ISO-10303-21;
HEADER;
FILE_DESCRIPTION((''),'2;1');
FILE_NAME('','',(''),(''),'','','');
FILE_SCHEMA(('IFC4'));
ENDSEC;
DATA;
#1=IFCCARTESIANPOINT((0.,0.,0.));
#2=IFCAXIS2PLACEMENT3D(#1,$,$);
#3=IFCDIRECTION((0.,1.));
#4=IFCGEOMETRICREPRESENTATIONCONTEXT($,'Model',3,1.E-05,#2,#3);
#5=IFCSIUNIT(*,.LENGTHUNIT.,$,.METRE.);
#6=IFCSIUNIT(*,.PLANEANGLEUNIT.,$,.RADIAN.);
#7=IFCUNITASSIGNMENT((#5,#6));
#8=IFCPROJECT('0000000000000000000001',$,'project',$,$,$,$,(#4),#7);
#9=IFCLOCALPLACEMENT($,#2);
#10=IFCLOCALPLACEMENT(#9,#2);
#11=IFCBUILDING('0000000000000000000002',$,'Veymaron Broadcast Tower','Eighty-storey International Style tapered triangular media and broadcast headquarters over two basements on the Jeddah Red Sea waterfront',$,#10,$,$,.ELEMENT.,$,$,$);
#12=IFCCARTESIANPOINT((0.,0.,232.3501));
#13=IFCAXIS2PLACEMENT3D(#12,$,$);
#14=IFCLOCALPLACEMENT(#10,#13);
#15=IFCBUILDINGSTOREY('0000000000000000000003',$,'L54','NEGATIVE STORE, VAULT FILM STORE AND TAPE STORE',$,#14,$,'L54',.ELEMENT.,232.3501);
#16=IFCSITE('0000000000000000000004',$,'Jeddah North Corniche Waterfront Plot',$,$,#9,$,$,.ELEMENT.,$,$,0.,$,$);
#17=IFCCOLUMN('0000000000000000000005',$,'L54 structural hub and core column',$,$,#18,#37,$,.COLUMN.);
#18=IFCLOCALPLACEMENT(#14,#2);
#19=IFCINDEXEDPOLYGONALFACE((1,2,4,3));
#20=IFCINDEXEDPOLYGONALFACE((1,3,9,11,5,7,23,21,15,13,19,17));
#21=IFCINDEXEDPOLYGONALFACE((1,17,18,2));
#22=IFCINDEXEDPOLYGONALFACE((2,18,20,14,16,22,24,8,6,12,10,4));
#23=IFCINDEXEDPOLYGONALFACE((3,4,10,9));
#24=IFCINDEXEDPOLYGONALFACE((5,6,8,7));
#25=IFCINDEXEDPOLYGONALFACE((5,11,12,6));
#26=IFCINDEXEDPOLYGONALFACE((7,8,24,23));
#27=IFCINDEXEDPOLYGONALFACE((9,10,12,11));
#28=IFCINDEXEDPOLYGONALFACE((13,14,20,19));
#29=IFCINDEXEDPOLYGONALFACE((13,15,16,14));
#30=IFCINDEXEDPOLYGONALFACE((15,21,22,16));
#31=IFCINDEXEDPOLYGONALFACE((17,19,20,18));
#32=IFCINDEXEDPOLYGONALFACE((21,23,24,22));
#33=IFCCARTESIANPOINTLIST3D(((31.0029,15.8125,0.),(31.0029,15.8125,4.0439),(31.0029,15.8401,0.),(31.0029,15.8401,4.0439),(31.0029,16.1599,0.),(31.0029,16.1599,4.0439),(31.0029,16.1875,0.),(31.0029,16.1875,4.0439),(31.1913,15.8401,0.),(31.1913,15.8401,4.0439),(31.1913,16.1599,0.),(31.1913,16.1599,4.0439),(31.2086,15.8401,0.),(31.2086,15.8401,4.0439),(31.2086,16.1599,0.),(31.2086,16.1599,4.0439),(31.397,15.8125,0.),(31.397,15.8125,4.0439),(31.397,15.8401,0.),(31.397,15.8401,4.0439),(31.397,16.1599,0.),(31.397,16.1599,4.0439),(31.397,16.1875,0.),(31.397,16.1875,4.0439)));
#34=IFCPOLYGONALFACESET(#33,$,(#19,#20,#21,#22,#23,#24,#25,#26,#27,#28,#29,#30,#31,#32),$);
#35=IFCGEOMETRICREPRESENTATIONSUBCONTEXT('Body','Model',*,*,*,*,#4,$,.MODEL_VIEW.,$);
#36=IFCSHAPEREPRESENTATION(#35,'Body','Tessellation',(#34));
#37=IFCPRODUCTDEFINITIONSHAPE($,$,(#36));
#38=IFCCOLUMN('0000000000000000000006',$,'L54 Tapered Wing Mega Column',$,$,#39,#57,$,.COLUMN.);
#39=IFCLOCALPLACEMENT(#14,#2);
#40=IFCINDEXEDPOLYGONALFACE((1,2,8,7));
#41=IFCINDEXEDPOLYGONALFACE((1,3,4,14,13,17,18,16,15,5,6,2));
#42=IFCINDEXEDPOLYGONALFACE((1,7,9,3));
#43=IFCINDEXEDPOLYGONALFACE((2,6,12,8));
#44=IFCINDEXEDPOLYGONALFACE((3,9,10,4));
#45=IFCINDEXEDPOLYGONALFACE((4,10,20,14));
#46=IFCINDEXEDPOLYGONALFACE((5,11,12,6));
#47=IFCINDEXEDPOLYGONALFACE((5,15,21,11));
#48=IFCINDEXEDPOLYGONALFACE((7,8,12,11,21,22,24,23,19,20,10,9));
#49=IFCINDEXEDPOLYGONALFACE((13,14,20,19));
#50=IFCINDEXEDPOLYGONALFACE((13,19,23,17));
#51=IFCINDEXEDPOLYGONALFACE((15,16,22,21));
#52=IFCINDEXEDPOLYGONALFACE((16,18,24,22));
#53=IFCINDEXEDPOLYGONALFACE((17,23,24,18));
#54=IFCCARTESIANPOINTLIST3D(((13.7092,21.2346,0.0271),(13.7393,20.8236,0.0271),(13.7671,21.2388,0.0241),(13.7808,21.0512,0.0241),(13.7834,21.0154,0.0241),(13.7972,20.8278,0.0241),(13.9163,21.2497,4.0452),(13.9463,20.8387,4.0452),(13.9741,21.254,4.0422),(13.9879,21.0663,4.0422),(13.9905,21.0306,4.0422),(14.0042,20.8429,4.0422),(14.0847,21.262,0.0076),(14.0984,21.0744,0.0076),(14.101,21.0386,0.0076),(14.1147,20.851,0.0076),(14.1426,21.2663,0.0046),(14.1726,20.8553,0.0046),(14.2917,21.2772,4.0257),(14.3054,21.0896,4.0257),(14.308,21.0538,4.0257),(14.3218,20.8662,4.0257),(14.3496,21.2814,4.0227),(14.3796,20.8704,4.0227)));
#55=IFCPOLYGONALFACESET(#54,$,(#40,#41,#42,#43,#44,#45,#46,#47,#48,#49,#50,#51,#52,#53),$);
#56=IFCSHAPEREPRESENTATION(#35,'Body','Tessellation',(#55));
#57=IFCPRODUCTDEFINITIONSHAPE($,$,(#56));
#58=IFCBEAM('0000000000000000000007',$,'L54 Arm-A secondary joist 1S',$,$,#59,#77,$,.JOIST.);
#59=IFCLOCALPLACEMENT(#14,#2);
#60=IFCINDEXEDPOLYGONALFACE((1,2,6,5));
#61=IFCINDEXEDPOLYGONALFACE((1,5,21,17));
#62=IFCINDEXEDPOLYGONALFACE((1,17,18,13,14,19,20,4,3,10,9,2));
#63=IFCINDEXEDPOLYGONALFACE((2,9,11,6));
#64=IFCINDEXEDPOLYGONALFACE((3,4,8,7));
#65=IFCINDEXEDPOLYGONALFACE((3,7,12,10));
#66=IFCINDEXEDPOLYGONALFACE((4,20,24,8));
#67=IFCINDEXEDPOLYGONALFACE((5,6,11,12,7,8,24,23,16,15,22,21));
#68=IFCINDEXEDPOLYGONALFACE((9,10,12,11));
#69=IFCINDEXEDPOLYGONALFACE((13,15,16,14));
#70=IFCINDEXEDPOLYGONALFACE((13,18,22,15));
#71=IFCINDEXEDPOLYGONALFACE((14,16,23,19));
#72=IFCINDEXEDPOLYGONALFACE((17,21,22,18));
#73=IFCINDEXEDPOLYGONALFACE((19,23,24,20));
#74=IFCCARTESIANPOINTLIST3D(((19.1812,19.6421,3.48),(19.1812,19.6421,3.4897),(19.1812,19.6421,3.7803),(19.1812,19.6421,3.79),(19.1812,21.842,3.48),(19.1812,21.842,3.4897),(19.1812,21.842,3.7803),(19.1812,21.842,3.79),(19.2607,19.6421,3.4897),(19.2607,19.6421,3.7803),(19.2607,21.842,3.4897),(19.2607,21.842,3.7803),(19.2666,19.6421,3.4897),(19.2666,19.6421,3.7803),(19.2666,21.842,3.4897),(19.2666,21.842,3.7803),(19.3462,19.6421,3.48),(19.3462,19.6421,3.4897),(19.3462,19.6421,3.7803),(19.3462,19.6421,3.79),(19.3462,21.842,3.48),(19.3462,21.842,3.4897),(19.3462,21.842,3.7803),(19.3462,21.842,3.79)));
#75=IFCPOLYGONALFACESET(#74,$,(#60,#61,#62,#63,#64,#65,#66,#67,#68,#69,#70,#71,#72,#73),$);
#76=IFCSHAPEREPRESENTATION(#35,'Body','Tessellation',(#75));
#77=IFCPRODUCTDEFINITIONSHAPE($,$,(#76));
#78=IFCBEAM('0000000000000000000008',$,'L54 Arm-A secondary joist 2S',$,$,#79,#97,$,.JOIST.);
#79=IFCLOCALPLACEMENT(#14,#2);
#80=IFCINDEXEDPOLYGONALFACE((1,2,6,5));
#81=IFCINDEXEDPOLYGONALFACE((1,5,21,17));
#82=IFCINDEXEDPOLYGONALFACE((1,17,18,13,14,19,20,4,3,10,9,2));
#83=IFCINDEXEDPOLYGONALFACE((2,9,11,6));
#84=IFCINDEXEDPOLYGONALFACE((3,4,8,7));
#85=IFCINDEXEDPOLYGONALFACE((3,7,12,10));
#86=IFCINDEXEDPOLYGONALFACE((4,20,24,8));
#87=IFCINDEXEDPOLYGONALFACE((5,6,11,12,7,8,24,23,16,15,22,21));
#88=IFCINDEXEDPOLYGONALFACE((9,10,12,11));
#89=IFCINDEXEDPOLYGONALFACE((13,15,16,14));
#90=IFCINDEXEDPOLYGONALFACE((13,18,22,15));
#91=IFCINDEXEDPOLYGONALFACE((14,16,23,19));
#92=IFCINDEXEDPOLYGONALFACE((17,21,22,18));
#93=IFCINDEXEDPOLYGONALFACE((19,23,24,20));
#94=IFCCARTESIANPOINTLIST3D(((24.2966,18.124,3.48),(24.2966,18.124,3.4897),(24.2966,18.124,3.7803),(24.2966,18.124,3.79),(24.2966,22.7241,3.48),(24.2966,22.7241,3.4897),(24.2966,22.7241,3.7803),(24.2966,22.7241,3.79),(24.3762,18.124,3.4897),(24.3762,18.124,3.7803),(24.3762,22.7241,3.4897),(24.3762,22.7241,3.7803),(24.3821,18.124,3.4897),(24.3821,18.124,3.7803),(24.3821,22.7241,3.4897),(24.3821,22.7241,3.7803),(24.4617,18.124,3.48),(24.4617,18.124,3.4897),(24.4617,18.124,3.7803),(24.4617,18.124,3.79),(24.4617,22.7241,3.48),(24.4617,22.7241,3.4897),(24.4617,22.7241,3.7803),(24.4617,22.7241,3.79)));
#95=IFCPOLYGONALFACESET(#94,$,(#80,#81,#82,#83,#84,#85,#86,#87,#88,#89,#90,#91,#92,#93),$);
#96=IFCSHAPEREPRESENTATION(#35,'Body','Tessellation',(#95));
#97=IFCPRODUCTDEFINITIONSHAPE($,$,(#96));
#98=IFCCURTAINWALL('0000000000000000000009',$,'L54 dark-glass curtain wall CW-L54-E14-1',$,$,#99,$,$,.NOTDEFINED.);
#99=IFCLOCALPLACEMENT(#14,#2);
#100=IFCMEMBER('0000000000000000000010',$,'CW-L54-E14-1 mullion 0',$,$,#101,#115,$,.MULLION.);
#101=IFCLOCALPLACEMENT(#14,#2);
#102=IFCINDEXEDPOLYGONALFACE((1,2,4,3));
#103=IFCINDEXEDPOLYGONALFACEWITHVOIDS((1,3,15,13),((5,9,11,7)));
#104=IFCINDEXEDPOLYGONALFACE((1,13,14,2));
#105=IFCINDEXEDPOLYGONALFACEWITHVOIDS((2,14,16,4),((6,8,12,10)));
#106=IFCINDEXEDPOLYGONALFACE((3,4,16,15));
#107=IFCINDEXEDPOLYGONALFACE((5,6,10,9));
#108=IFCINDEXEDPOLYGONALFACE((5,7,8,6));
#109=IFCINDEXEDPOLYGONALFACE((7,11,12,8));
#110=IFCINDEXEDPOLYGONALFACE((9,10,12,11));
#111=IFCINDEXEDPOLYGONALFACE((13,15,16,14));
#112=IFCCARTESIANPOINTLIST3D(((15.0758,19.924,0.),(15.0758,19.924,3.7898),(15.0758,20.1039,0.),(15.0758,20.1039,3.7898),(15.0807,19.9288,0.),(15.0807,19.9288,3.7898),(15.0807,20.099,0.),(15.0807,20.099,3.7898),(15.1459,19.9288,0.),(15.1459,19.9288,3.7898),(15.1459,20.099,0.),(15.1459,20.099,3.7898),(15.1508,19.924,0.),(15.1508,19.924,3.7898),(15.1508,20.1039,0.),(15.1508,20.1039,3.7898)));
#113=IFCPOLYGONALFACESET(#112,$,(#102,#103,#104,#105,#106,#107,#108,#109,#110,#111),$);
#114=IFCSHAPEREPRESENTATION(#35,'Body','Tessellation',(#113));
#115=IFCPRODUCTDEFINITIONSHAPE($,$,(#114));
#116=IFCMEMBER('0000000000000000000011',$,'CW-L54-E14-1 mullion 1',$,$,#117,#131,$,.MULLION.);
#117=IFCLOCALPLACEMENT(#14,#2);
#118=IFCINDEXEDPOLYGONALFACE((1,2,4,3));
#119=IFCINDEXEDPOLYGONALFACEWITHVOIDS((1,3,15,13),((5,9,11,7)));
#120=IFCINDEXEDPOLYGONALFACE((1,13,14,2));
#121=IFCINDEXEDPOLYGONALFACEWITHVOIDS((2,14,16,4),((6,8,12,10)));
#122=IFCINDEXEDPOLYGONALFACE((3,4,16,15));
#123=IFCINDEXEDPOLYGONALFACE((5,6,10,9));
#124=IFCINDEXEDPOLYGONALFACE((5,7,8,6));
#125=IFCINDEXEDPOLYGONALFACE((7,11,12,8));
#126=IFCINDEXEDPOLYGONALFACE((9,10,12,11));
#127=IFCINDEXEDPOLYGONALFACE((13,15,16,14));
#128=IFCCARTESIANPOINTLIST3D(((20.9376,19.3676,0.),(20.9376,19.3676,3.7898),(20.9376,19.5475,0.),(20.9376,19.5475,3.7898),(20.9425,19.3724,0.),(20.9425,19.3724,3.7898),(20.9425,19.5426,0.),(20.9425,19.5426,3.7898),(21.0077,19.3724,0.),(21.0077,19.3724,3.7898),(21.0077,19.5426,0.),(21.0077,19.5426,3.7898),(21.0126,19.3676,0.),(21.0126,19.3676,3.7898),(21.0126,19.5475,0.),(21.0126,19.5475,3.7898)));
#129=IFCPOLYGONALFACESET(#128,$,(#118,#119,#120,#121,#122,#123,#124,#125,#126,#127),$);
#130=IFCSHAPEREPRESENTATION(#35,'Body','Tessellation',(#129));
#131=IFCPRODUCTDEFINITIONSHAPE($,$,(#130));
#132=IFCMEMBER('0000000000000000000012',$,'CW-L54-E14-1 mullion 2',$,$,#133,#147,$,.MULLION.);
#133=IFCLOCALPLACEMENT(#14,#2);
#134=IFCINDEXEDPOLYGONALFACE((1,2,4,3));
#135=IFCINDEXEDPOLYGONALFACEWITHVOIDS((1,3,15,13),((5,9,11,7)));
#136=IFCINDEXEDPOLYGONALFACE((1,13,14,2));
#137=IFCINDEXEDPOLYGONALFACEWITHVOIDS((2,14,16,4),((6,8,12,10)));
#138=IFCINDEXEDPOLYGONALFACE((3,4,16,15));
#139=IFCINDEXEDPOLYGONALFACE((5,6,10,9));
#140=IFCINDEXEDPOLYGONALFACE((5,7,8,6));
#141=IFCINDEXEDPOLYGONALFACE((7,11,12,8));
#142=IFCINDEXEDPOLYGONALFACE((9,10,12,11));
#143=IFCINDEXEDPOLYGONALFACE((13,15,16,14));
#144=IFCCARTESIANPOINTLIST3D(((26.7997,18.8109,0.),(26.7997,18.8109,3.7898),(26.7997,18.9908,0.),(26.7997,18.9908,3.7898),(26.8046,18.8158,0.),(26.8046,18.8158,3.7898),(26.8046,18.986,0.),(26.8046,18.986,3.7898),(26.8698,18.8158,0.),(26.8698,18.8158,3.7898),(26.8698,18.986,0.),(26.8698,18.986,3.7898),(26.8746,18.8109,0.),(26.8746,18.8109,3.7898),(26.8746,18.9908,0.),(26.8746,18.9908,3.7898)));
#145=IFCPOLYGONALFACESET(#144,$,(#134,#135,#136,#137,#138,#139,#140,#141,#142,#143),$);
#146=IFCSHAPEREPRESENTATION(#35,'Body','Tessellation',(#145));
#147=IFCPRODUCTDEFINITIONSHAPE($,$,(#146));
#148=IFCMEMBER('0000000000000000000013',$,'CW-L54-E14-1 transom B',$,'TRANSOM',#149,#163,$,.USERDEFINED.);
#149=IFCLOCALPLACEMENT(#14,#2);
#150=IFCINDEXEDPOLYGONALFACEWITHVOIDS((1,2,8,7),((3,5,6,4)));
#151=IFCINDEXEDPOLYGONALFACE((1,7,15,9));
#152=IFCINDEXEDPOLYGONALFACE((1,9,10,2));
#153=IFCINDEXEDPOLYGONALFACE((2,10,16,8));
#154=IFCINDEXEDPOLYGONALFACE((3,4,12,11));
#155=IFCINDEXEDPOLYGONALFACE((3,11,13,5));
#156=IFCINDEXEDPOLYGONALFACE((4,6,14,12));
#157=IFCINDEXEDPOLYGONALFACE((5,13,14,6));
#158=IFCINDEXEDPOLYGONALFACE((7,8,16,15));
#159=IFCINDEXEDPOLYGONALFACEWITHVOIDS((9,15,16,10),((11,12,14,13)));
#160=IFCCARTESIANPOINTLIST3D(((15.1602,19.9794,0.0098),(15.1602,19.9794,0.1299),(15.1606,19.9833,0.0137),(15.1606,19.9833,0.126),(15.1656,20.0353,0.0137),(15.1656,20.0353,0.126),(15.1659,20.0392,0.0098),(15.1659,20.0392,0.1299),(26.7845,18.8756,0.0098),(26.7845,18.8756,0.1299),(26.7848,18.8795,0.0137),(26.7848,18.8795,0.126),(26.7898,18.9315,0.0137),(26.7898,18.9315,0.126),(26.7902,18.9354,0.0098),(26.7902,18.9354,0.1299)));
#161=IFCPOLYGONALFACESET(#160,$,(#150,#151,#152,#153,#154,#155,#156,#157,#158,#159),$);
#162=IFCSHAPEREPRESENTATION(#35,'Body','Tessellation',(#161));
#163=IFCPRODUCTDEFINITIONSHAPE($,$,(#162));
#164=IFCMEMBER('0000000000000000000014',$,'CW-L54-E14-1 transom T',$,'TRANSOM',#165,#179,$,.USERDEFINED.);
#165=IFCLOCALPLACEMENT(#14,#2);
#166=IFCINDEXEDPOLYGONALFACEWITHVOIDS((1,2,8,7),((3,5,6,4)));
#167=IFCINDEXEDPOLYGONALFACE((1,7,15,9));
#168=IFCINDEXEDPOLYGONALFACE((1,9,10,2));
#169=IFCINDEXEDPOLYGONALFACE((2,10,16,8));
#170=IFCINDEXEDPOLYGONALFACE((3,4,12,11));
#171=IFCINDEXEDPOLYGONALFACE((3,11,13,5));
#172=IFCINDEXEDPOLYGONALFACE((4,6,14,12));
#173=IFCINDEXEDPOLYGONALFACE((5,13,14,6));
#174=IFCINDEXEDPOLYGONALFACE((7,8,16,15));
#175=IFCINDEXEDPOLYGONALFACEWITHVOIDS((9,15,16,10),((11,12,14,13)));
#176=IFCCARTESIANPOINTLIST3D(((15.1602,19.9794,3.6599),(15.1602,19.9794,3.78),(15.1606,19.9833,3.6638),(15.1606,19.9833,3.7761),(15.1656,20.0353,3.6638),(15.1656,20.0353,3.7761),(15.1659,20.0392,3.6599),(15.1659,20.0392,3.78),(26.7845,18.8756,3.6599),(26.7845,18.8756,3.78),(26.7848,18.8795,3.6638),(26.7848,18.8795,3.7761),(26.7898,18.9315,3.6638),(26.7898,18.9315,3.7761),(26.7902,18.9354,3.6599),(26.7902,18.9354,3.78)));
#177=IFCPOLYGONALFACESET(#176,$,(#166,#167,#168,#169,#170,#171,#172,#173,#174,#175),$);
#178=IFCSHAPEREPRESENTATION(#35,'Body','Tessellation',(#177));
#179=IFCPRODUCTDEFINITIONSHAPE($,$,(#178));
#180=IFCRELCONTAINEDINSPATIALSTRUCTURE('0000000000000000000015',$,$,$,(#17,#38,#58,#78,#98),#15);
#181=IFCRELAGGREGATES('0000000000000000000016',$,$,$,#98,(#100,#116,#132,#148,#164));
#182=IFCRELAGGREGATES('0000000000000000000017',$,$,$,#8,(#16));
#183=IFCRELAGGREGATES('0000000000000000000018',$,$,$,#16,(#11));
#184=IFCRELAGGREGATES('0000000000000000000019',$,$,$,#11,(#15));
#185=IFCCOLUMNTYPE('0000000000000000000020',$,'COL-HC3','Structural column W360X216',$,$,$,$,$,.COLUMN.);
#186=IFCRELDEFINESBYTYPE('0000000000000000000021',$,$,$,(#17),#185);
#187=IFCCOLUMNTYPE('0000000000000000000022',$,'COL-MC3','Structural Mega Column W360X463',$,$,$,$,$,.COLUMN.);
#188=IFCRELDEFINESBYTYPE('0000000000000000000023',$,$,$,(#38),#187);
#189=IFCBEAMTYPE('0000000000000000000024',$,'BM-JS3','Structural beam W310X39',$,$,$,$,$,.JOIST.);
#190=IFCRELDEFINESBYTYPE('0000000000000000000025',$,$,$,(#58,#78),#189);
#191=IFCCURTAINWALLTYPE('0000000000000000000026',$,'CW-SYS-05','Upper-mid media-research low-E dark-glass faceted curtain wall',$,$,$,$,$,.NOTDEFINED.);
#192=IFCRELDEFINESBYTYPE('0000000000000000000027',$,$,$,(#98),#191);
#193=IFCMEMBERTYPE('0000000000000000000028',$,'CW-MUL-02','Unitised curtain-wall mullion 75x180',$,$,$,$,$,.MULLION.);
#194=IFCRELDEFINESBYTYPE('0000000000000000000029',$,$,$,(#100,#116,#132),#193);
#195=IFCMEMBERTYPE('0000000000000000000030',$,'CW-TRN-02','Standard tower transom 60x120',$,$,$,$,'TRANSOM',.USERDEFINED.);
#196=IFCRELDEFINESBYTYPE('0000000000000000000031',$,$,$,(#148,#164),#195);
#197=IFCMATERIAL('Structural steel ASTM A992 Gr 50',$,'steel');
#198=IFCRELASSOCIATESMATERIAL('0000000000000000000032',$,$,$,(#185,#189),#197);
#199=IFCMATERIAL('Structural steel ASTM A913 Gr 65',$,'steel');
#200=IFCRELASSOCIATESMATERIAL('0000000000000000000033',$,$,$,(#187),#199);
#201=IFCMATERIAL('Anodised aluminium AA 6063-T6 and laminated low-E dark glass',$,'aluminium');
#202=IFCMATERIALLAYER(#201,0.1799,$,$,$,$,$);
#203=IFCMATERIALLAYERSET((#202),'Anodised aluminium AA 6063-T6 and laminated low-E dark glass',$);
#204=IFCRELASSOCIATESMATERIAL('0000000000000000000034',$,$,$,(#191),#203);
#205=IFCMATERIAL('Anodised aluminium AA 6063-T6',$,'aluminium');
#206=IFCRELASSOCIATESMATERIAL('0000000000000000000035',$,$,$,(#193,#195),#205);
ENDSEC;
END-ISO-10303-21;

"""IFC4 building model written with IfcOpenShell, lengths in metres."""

from ifc_helpers import new_model, si_unit, direction, frame, origin, origin_2d, place, context, subcontext, project, spatial, hollow_rectangle, i_section, extrude, material, layer, layer_set, material_profile, profile_set, type_object, element, aggregate, save


model = new_model("IFC4")

# Units and contexts
model_context = context("Model", 3, precision=1e-05, world=origin(), true_north=direction((0.0, 1.0)))
body_context = subcontext(model_context, "Body", "Model", "MODEL_VIEW")
ifc_project = project(units=[si_unit("LENGTHUNIT", "METRE"), si_unit("PLANEANGLEUNIT", "RADIAN")], contexts=[model_context])

# Site, building, storey
site_placement = place(None, origin())
site = spatial("IfcSite", under=ifc_project, at=site_placement, Name="Jeddah North Corniche Waterfront Plot", CompositionType="ELEMENT", RefElevation=0.0)
building_placement = place(site_placement, origin())
building = spatial("IfcBuilding", under=site, at=building_placement, Name="Veymaron Broadcast Tower", Description="Eighty-storey International Style tapered triangular media and broadcast headquarters over two basements on the Jeddah Red Sea waterfront", CompositionType="ELEMENT")
storey_placement = place(building_placement, frame((0.0, 0.0, 232.3501)))
storey = spatial("IfcBuildingStorey", under=building, at=storey_placement, Name="L54", Description="NEGATIVE STORE, VAULT FILM STORE AND TAPE STORE", LongName="L54", CompositionType="ELEMENT", Elevation=232.3501)

# Columns
ifc_material_1 = material(Name="Structural steel ASTM A992 Gr 50", Category="steel")
ifc_material_profile_1 = material_profile(ifc_material_1, i_section(OverallWidth=0.394, OverallDepth=0.375, WebThickness=0.0173, FlangeThickness=0.0276, at=origin_2d()), Name="W360X216")
ifc_profile_set_1 = profile_set([ifc_material_profile_1], Name="Structural steel ASTM A992 Gr 50")
column_type_1 = type_object("IfcColumnType", Name="COL-HC3", Description="Structural column W360X216", PredefinedType="COLUMN", material=ifc_profile_set_1)
column_1_placement = place(storey_placement, frame((31.2, 16.0, 0.0), z_axis=(0.0, 0.0, 1.0), x_axis=(1.0, 0.0, 0.0)))
element("IfcColumn", 1, at=column_1_placement, inside=storey, type_object=column_type_1, Name="L54 structural hub and core column", PredefinedType="COLUMN", context=body_context, shape_type="SweptSolid", body=[
    extrude(i_section(OverallWidth=0.394, OverallDepth=0.375, WebThickness=0.0173, FlangeThickness=0.0276, at=origin_2d()), origin(), (0.0, 0.0, 1.0), 4.0439),
])
ifc_material_2 = material(Name="Structural steel ASTM A913 Gr 65", Category="steel")
ifc_material_profile_2 = material_profile(ifc_material_2, i_section(OverallWidth=0.4121, OverallDepth=0.4351, WebThickness=0.0359, FlangeThickness=0.0581, at=origin_2d()), Name="W360X463")
ifc_profile_set_2 = profile_set([ifc_material_profile_2], Name="Structural steel ASTM A913 Gr 65")
column_type_2 = type_object("IfcColumnType", Name="COL-MC3", Description="Structural Mega Column W360X463", PredefinedType="COLUMN", material=ifc_profile_set_2)
column_2_placement = place(storey_placement, frame((13.9409, 21.0449, 0.0159), z_axis=(0.051456, 0.003762, 0.998668), x_axis=(-0.072919, 0.997338, 0.0)))
element("IfcColumn", 2, at=column_2_placement, inside=storey, type_object=column_type_2, Name="L54 Tapered Wing Mega Column", PredefinedType="COLUMN", context=body_context, shape_type="SweptSolid", body=[
    extrude(i_section(OverallWidth=0.4121, OverallDepth=0.4351, WebThickness=0.0359, FlangeThickness=0.0581, at=origin_2d()), origin(), (0.0, 0.0, 1.0), 4.0234),
])

# Beams
ifc_material_profile_3 = material_profile(ifc_material_1, i_section(OverallWidth=0.165, OverallDepth=0.3101, WebThickness=0.0059, FlangeThickness=0.0098, at=origin_2d()), Name="W310X39")
ifc_profile_set_3 = profile_set([ifc_material_profile_3], Name="Structural steel ASTM A992 Gr 50")
beam_type = type_object("IfcBeamType", Name="BM-JS3", Description="Structural beam W310X39", PredefinedType="JOIST", material=ifc_profile_set_3)
beam_1_placement = place(storey_placement, frame((19.2637, 19.6421, 3.635), z_axis=(0.0, 1.0, 0.0), x_axis=(-1.0, 0.0, 0.0)))
element("IfcBeam", 3, at=beam_1_placement, inside=storey, type_object=beam_type, Name="L54 Arm-A secondary joist 1S", PredefinedType="JOIST", context=body_context, shape_type="SweptSolid", body=[
    extrude(i_section(OverallWidth=0.165, OverallDepth=0.3101, WebThickness=0.0059, FlangeThickness=0.0098, at=origin_2d()), origin(), (0.0, 0.0, 1.0), 2.2),
])
beam_2_placement = place(storey_placement, frame((24.3792, 18.124, 3.635), z_axis=(0.0, 1.0, 0.0), x_axis=(-1.0, 0.0, 0.0)))
element("IfcBeam", 4, at=beam_2_placement, inside=storey, type_object=beam_type, Name="L54 Arm-A secondary joist 2S", PredefinedType="JOIST", context=body_context, shape_type="SweptSolid", body=[
    extrude(i_section(OverallWidth=0.165, OverallDepth=0.3101, WebThickness=0.0059, FlangeThickness=0.0098, at=origin_2d()), origin(), (0.0, 0.0, 1.0), 4.6001),
])

# Curtain wall, members
ifc_material_3 = material(Name="Anodised aluminium AA 6063-T6 and laminated low-E dark glass", Category="aluminium")
ifc_layer_1 = layer(ifc_material_3, 0.1799)
ifc_layer_set_1 = layer_set([ifc_layer_1], Name="Anodised aluminium AA 6063-T6 and laminated low-E dark glass")
curtain_wall_type = type_object("IfcCurtainWallType", Name="CW-SYS-05", Description="Upper-mid media-research low-E dark-glass faceted curtain wall", PredefinedType="NOTDEFINED", material=ifc_layer_set_1)
curtain_wall_placement = place(storey_placement, origin())
curtain_wall = element("IfcCurtainWall", 5, at=curtain_wall_placement, inside=storey, type_object=curtain_wall_type, Name="L54 dark-glass curtain wall CW-L54-E14-1", PredefinedType="NOTDEFINED")
ifc_material_4 = material(Name="Anodised aluminium AA 6063-T6", Category="aluminium")
ifc_material_profile_4 = material_profile(ifc_material_4, hollow_rectangle(XDim=0.075, YDim=0.1799, WallThickness=0.0049, at=origin_2d()), Name="AL180X75X5")
ifc_profile_set_4 = profile_set([ifc_material_profile_4], Name="Anodised aluminium AA 6063-T6")
member_type_1 = type_object("IfcMemberType", Name="CW-MUL-02", Description="Unitised curtain-wall mullion 75x180", PredefinedType="MULLION", material=ifc_profile_set_4)
member_1_placement = place(storey_placement, frame((15.1133, 20.0139, 0.0), z_axis=(0.0, 0.0, 1.0), x_axis=(1.0, 0.0, 0.0)))
member_1 = element("IfcMember", 6, at=member_1_placement, type_object=member_type_1, Name="CW-L54-E14-1 mullion 0", PredefinedType="MULLION", context=body_context, shape_type="SweptSolid", body=[
    extrude(hollow_rectangle(XDim=0.075, YDim=0.1799, WallThickness=0.0049, at=origin_2d()), origin(), (0.0, 0.0, 1.0), 3.7898),
])
member_2_placement = place(storey_placement, frame((20.9751, 19.4575, 0.0), z_axis=(0.0, 0.0, 1.0), x_axis=(1.0, 0.0, 0.0)))
member_2 = element("IfcMember", 7, at=member_2_placement, type_object=member_type_1, Name="CW-L54-E14-1 mullion 1", PredefinedType="MULLION", context=body_context, shape_type="SweptSolid", body=[
    extrude(hollow_rectangle(XDim=0.075, YDim=0.1799, WallThickness=0.0049, at=origin_2d()), origin(), (0.0, 0.0, 1.0), 3.7898),
])
member_3_placement = place(storey_placement, frame((26.8372, 18.9009, 0.0), z_axis=(0.0, 0.0, 1.0), x_axis=(1.0, 0.0, 0.0)))
member_3 = element("IfcMember", 8, at=member_3_placement, type_object=member_type_1, Name="CW-L54-E14-1 mullion 2", PredefinedType="MULLION", context=body_context, shape_type="SweptSolid", body=[
    extrude(hollow_rectangle(XDim=0.075, YDim=0.1799, WallThickness=0.0049, at=origin_2d()), origin(), (0.0, 0.0, 1.0), 3.7898),
])
ifc_material_profile_5 = material_profile(ifc_material_4, hollow_rectangle(XDim=0.0601, YDim=0.1201, WallThickness=0.0039, at=origin_2d()), Name="AL120X60X4")
ifc_profile_set_5 = profile_set([ifc_material_profile_5], Name="Anodised aluminium AA 6063-T6")
member_type_2 = type_object("IfcMemberType", Name="CW-TRN-02", Description="Standard tower transom 60x120", ElementType="TRANSOM", PredefinedType="USERDEFINED", material=ifc_profile_set_5)
member_4_placement = place(storey_placement, frame((15.1631, 20.0093, 0.0698), z_axis=(0.995522, -0.094528, 0.0), x_axis=(0.094528, 0.995522, 0.0)))
member_4 = element("IfcMember", 9, at=member_4_placement, type_object=member_type_2, Name="CW-L54-E14-1 transom B", ObjectType="TRANSOM", PredefinedType="USERDEFINED", context=body_context, shape_type="SweptSolid", body=[
    extrude(hollow_rectangle(XDim=0.0601, YDim=0.1201, WallThickness=0.0039, at=origin_2d()), origin(), (0.0, 0.0, 1.0), 11.6765),
])
member_5_placement = place(storey_placement, frame((15.1631, 20.0093, 3.72), z_axis=(0.995522, -0.094528, 0.0), x_axis=(0.094528, 0.995522, 0.0)))
member_5 = element("IfcMember", 10, at=member_5_placement, type_object=member_type_2, Name="CW-L54-E14-1 transom T", ObjectType="TRANSOM", PredefinedType="USERDEFINED", context=body_context, shape_type="SweptSolid", body=[
    extrude(hollow_rectangle(XDim=0.0601, YDim=0.1201, WallThickness=0.0039, at=origin_2d()), origin(), (0.0, 0.0, 1.0), 11.6765),
])
aggregate(curtain_wall, [member_1, member_2, member_3, member_4, member_5])

save(model, "model.ifc")
